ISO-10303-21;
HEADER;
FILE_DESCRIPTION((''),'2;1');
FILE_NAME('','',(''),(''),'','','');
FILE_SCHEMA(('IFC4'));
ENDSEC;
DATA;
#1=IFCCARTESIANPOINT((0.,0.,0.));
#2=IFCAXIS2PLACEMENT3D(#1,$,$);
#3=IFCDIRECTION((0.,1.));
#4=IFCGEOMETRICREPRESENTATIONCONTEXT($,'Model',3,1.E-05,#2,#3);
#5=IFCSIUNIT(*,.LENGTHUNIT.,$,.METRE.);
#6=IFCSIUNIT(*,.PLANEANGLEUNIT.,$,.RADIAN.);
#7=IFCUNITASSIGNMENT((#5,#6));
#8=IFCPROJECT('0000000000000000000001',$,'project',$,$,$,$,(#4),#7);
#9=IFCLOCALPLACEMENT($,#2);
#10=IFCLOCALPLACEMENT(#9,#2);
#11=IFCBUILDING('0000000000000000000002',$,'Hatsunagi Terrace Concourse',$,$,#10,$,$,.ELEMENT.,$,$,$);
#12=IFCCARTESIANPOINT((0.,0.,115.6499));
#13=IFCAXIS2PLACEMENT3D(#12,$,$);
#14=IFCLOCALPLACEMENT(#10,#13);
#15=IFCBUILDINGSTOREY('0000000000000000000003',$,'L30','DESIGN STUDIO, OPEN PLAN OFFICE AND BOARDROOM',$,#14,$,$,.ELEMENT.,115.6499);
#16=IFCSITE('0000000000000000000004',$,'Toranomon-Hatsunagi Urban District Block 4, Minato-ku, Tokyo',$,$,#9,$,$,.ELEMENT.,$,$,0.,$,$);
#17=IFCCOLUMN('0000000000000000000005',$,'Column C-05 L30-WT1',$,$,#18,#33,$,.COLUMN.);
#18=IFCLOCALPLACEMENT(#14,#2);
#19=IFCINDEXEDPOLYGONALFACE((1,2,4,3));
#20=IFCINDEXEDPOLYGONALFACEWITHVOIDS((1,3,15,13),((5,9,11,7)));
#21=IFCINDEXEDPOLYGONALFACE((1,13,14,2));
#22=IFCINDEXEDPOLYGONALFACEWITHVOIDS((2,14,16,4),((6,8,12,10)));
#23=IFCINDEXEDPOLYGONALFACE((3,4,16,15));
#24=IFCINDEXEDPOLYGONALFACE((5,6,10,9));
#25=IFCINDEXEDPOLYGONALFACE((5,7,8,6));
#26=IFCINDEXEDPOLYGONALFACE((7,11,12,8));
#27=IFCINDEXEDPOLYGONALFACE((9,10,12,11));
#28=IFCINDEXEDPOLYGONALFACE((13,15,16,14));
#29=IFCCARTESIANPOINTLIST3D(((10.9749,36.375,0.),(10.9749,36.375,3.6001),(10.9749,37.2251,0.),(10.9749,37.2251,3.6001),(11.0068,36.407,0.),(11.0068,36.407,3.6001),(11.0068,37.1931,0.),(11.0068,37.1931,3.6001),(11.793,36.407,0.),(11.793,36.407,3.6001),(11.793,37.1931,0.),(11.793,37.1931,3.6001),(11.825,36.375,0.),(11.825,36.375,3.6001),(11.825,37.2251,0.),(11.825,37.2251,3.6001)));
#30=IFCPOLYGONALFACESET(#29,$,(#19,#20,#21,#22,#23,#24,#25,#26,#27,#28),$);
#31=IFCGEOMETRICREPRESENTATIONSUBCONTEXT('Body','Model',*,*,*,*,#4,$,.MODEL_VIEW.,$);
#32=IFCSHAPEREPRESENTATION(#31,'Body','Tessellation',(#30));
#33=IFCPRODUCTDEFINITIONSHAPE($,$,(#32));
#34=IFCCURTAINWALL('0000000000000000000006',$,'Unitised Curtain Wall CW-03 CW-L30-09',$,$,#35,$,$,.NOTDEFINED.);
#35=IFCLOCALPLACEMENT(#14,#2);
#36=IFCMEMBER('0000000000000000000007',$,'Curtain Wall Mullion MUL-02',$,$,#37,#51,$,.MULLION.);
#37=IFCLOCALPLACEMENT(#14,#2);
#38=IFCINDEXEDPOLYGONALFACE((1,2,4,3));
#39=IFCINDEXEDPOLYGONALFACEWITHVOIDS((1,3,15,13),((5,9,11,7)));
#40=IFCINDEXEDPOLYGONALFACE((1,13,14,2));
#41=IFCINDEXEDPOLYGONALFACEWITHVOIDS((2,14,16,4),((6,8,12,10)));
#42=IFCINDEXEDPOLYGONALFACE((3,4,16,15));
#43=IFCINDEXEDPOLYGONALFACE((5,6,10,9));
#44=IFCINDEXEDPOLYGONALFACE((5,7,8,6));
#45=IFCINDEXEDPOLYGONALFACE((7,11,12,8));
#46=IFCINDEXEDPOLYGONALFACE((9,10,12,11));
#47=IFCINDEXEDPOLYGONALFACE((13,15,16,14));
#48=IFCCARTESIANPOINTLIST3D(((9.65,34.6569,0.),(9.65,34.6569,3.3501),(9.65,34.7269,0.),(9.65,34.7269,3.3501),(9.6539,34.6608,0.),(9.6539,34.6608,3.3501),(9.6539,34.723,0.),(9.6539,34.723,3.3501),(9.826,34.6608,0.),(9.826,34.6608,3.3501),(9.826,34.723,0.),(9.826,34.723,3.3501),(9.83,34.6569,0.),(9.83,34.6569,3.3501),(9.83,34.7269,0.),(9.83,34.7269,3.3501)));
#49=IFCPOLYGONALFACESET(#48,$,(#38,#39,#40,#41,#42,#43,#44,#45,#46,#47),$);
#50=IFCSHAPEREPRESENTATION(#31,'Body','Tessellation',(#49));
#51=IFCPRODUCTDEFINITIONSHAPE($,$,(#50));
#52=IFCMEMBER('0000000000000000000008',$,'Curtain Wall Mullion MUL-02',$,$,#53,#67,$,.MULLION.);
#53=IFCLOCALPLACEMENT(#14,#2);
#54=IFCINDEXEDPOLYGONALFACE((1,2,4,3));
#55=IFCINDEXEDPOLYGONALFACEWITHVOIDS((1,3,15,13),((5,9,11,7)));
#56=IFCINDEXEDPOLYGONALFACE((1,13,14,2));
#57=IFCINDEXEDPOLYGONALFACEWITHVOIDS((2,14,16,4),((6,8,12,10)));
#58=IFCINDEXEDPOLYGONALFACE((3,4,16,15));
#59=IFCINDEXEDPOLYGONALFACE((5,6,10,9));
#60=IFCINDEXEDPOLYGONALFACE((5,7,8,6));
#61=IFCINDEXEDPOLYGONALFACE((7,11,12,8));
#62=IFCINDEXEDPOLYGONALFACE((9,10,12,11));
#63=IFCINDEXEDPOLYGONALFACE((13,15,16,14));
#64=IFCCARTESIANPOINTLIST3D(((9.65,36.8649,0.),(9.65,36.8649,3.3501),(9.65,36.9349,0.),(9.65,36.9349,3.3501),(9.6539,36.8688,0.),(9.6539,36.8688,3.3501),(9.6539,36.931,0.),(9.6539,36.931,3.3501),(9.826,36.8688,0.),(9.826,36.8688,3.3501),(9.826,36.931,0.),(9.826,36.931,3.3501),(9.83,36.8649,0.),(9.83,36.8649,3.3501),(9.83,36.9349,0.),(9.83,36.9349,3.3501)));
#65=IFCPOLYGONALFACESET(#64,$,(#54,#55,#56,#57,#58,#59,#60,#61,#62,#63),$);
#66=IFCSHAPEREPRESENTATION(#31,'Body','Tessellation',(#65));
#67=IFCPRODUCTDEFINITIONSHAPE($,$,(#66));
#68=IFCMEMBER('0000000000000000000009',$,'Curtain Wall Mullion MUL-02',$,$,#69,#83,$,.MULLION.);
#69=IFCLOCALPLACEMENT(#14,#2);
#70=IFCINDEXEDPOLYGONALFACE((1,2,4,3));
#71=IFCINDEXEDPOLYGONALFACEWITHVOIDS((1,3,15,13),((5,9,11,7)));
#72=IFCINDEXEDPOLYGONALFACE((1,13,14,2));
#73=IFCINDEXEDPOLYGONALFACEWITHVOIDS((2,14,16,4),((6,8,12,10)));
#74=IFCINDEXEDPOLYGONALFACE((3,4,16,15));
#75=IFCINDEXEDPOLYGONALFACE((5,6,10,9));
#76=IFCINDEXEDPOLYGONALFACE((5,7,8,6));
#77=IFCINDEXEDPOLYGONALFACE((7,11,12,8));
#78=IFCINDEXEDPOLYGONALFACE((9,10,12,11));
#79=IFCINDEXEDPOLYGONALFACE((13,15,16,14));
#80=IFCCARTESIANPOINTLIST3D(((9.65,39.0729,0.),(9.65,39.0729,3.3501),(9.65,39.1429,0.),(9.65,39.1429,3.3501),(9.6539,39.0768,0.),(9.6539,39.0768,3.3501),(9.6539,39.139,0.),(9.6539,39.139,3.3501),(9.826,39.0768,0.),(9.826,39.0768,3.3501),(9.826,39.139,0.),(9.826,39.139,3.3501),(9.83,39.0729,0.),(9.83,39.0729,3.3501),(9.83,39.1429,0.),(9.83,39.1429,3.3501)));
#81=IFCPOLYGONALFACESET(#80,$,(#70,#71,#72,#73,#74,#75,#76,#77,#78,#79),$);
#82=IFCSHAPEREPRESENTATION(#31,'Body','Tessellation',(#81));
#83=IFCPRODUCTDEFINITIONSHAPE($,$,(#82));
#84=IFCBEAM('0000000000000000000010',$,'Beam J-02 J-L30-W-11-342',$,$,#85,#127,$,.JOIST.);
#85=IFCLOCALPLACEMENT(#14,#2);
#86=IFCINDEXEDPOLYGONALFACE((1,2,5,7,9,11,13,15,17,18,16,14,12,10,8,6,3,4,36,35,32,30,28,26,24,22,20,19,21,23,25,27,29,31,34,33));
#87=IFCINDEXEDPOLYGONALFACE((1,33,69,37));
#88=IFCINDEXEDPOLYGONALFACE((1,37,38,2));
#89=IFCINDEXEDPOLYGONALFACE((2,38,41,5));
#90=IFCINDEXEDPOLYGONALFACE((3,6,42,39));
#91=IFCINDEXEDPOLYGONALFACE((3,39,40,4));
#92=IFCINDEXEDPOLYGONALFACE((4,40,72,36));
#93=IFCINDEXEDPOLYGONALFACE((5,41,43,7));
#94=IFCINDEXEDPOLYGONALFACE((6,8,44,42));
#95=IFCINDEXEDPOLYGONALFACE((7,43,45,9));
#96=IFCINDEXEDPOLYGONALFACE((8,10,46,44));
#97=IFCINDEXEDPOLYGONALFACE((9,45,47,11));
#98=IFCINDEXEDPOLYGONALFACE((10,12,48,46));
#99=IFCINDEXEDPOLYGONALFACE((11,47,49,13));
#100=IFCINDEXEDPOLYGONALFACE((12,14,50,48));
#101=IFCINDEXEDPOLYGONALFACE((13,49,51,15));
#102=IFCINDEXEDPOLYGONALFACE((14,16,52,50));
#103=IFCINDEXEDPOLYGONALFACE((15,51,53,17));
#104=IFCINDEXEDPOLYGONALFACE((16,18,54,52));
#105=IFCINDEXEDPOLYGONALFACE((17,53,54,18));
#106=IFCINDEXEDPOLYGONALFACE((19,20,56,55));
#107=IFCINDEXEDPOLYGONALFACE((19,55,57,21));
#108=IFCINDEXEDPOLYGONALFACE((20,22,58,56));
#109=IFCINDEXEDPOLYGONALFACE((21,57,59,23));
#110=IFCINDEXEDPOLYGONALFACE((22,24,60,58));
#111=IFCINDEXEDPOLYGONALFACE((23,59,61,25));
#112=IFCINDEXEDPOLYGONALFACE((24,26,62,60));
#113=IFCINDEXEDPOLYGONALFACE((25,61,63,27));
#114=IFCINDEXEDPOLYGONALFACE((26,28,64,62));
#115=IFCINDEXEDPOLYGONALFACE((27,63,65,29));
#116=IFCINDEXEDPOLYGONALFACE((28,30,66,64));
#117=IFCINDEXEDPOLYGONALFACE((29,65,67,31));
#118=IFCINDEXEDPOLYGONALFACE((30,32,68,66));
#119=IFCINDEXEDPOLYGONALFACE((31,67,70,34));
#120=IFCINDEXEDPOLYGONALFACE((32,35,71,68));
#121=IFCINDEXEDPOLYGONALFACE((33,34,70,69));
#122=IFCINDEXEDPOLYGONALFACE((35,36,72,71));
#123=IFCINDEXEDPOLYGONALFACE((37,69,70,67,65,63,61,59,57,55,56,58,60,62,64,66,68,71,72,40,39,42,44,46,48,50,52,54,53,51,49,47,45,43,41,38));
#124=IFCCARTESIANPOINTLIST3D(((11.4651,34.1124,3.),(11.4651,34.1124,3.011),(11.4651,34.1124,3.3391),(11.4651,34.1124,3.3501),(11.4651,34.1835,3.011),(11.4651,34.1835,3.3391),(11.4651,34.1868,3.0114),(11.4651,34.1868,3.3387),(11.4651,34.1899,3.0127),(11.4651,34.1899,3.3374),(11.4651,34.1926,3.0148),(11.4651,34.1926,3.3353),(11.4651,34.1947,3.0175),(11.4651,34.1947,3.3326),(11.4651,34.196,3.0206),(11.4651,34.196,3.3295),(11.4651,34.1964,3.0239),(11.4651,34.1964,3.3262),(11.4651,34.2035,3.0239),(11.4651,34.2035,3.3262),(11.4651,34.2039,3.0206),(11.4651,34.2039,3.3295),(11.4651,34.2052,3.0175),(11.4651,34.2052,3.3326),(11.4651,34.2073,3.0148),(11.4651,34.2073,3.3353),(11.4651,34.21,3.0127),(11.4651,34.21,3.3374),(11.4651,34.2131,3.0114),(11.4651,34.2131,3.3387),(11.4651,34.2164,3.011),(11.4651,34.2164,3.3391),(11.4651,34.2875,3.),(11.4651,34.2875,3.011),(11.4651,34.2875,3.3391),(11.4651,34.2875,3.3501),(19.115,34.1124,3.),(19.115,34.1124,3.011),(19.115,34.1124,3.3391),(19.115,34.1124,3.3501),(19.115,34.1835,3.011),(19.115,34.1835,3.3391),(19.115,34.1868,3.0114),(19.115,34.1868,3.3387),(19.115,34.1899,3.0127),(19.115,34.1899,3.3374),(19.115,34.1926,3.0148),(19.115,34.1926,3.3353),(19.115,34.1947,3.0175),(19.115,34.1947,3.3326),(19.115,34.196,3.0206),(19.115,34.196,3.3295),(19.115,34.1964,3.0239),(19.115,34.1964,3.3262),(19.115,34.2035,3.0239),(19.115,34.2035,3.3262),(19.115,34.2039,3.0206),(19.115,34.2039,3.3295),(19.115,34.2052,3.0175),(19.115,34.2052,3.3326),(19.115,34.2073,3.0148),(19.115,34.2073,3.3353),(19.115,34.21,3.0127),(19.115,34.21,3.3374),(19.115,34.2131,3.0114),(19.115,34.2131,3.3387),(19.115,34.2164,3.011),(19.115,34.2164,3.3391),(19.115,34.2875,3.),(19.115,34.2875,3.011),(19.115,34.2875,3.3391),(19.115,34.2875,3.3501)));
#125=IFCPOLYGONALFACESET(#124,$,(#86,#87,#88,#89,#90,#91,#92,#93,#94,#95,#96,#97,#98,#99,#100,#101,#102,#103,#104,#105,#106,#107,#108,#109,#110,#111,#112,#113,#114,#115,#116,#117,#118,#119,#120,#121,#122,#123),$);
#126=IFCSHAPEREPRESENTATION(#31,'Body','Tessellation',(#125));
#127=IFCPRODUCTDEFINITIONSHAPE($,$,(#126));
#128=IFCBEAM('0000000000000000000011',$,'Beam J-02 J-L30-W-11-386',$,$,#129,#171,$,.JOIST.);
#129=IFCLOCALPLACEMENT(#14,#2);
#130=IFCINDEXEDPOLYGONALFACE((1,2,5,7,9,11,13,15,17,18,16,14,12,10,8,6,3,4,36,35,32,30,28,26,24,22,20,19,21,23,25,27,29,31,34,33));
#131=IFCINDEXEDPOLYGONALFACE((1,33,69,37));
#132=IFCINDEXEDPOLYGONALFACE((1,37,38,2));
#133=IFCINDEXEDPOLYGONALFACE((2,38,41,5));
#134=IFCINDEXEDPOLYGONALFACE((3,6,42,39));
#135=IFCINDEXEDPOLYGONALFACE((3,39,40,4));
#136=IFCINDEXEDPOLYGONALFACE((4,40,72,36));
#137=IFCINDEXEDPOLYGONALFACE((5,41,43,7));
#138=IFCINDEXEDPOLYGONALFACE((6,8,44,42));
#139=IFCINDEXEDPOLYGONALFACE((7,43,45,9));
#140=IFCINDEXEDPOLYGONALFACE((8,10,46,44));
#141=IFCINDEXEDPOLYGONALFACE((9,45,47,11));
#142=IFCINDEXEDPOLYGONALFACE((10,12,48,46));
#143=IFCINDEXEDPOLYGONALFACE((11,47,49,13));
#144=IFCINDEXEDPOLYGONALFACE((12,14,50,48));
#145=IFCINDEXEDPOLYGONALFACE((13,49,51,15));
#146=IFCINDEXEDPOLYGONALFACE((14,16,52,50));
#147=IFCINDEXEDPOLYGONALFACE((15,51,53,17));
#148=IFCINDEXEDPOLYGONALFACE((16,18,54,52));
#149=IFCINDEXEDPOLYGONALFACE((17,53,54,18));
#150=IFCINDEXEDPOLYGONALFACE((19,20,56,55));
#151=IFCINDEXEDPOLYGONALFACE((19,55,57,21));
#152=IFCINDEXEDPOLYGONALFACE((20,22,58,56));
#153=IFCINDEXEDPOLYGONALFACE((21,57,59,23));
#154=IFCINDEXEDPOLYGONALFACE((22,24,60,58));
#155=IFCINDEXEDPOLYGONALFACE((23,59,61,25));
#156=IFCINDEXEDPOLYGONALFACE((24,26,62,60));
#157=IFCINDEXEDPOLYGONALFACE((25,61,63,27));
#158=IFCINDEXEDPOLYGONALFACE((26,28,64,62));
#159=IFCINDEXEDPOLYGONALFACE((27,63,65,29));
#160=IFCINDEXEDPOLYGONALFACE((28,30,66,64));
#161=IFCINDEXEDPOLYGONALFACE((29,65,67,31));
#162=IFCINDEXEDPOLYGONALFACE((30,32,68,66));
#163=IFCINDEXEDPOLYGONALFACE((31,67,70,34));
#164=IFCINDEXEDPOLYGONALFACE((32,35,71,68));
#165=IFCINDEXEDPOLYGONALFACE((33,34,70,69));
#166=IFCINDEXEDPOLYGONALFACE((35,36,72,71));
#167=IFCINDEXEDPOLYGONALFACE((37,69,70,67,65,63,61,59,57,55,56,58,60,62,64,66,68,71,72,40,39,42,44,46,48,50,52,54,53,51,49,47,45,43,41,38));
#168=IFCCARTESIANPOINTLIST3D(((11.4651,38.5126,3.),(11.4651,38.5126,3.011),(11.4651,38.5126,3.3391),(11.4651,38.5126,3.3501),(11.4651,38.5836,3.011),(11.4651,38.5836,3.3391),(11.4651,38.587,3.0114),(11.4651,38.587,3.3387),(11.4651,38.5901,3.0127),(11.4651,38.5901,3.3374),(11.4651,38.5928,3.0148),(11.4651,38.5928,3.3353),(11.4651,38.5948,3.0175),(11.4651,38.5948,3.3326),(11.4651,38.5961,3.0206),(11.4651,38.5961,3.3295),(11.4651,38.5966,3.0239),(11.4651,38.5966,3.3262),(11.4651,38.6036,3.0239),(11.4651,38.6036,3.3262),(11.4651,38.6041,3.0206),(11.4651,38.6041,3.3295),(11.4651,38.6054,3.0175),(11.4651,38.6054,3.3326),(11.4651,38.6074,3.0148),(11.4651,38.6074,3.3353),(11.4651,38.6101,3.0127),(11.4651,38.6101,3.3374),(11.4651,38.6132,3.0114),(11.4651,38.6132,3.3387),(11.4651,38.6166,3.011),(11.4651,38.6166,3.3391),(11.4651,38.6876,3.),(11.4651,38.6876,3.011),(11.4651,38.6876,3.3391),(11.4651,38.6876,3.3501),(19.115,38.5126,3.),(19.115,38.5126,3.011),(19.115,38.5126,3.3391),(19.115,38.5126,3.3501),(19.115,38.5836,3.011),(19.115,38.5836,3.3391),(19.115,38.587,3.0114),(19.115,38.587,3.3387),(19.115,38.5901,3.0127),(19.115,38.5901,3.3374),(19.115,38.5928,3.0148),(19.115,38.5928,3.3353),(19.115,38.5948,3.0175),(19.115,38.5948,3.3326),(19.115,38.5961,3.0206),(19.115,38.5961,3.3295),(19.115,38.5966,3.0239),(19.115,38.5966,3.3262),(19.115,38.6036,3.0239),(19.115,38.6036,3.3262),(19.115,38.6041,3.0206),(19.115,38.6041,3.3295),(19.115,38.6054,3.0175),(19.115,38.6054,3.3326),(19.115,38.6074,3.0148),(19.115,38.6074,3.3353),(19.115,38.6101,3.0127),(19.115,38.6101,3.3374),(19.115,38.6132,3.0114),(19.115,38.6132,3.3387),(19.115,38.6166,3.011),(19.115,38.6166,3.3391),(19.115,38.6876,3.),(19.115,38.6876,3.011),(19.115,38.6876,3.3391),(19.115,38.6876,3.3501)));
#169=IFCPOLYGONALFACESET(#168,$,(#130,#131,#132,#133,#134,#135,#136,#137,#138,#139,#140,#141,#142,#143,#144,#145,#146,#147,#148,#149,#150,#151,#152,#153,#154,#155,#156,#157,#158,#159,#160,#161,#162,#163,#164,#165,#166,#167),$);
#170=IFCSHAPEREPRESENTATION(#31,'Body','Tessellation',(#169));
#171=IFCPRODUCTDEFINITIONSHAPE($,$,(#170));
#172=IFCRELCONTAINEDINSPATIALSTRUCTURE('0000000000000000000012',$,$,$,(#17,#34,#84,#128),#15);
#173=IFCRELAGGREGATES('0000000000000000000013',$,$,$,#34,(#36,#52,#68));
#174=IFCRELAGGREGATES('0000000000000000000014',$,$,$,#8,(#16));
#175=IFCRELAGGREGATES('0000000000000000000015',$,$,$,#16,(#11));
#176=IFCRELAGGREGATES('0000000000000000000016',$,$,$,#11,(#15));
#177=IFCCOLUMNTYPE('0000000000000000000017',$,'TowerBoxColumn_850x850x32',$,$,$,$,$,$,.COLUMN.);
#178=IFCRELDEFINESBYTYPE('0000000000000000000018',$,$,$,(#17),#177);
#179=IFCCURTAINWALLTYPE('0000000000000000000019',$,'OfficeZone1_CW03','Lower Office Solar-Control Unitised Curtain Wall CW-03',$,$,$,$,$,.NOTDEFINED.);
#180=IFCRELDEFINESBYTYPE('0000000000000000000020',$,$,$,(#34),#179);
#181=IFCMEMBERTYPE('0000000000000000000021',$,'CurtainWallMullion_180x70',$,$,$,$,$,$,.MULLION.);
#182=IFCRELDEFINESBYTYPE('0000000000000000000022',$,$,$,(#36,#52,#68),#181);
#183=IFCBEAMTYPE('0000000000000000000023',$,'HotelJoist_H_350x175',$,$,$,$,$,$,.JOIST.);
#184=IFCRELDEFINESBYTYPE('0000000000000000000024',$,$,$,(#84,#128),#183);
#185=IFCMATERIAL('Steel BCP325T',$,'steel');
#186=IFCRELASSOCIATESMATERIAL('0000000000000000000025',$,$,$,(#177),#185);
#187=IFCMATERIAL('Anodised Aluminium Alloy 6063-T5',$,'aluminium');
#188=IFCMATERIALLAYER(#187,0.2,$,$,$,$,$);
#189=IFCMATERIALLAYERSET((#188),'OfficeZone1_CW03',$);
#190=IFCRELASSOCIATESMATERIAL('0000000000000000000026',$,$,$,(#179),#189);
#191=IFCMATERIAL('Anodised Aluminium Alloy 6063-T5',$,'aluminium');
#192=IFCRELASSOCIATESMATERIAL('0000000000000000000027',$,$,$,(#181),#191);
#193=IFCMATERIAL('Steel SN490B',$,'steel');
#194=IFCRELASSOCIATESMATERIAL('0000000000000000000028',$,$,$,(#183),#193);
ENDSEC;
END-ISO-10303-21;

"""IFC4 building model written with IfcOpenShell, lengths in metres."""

from ifc_helpers import new_model, si_unit, direction, frame, origin, origin_2d, place, context, subcontext, project, spatial, hollow_rectangle, i_section, extrude, material, layer, layer_set, material_profile, profile_set, type_object, element, aggregate, save


model = new_model("IFC4")

# Units and contexts
model_context = context("Model", 3, precision=1e-05, world=origin(), true_north=direction((0.0, 1.0)))
body_context = subcontext(model_context, "Body", "Model", "MODEL_VIEW")
ifc_project = project(units=[si_unit("LENGTHUNIT", "METRE"), si_unit("PLANEANGLEUNIT", "RADIAN")], contexts=[model_context])

# Site, building, storey
site_placement = place(None, origin())
site = spatial("IfcSite", under=ifc_project, at=site_placement, Name="Toranomon-Hatsunagi Urban District Block 4, Minato-ku, Tokyo", CompositionType="ELEMENT", RefElevation=0.0)
building_placement = place(site_placement, origin())
building = spatial("IfcBuilding", under=site, at=building_placement, Name="Hatsunagi Terrace Concourse", CompositionType="ELEMENT")
storey_placement = place(building_placement, frame((0.0, 0.0, 115.6499)))
storey = spatial("IfcBuildingStorey", under=building, at=storey_placement, Name="L30", Description="DESIGN STUDIO, OPEN PLAN OFFICE AND BOARDROOM", CompositionType="ELEMENT", Elevation=115.6499)

# Column
ifc_material_1 = material(Name="Steel BCP325T", Category="steel")
ifc_material_profile_1 = material_profile(ifc_material_1, hollow_rectangle(XDim=0.8501, YDim=0.8501, WallThickness=0.032, at=origin_2d()), Name="BCP-850x850x32")
ifc_profile_set_1 = profile_set([ifc_material_profile_1], Name="Steel BCP325T")
column_type = type_object("IfcColumnType", Name="TowerBoxColumn_850x850x32", PredefinedType="COLUMN", material=ifc_profile_set_1)
column_placement = place(storey_placement, frame((11.3999, 36.8, 0.0), z_axis=(0.0, 0.0, 1.0), x_axis=(1.0, 0.0, 0.0)))
element("IfcColumn", 1, at=column_placement, inside=storey, type_object=column_type, Name="Column C-05 L30-WT1", PredefinedType="COLUMN", context=body_context, shape_type="SweptSolid", body=[
    extrude(hollow_rectangle(XDim=0.8501, YDim=0.8501, WallThickness=0.032, at=origin_2d()), origin(), (0.0, 0.0, 1.0), 3.6001),
])

# Curtain wall, members
ifc_material_2 = material(Name="Anodised Aluminium Alloy 6063-T5", Category="aluminium")
ifc_layer_1 = layer(ifc_material_2, 0.2)
ifc_layer_set_1 = layer_set([ifc_layer_1], Name="OfficeZone1_CW03")
curtain_wall_type = type_object("IfcCurtainWallType", Name="OfficeZone1_CW03", Description="Lower Office Solar-Control Unitised Curtain Wall CW-03", PredefinedType="NOTDEFINED", material=ifc_layer_set_1)
curtain_wall_placement = place(storey_placement, origin())
curtain_wall = element("IfcCurtainWall", 2, at=curtain_wall_placement, inside=storey, type_object=curtain_wall_type, Name="Unitised Curtain Wall CW-03 CW-L30-09", PredefinedType="NOTDEFINED")
ifc_material_3 = material(Name="Anodised Aluminium Alloy 6063-T5", Category="aluminium")
ifc_material_profile_2 = material_profile(ifc_material_3, hollow_rectangle(XDim=0.0701, YDim=0.1799, WallThickness=0.0039, at=origin_2d()), Name="ALU-MUL-180x70x4")
ifc_profile_set_2 = profile_set([ifc_material_profile_2], Name="Anodised Aluminium Alloy 6063-T5")
member_type = type_object("IfcMemberType", Name="CurtainWallMullion_180x70", PredefinedType="MULLION", material=ifc_profile_set_2)
member_1_placement = place(storey_placement, frame((9.74, 34.6919, 0.0), z_axis=(0.0, 0.0, 1.0), x_axis=(0.0, 1.0, 0.0)))
member_1 = element("IfcMember", 3, at=member_1_placement, type_object=member_type, Name="Curtain Wall Mullion MUL-02", PredefinedType="MULLION", context=body_context, shape_type="SweptSolid", body=[
    extrude(hollow_rectangle(XDim=0.0701, YDim=0.1799, WallThickness=0.0039, at=origin_2d()), origin(), (0.0, 0.0, 1.0), 3.3501),
])
member_2_placement = place(storey_placement, frame((9.74, 36.8999, 0.0), z_axis=(0.0, 0.0, 1.0), x_axis=(0.0, 1.0, 0.0)))
member_2 = element("IfcMember", 4, at=member_2_placement, type_object=member_type, Name="Curtain Wall Mullion MUL-02", PredefinedType="MULLION", context=body_context, shape_type="SweptSolid", body=[
    extrude(hollow_rectangle(XDim=0.0701, YDim=0.1799, WallThickness=0.0039, at=origin_2d()), origin(), (0.0, 0.0, 1.0), 3.3501),
])
member_3_placement = place(storey_placement, frame((9.74, 39.1079, 0.0), z_axis=(0.0, 0.0, 1.0), x_axis=(0.0, 1.0, 0.0)))
member_3 = element("IfcMember", 5, at=member_3_placement, type_object=member_type, Name="Curtain Wall Mullion MUL-02", PredefinedType="MULLION", context=body_context, shape_type="SweptSolid", body=[
    extrude(hollow_rectangle(XDim=0.0701, YDim=0.1799, WallThickness=0.0039, at=origin_2d()), origin(), (0.0, 0.0, 1.0), 3.3501),
])

# Beams
ifc_material_4 = material(Name="Steel SN490B", Category="steel")
ifc_material_profile_3 = material_profile(ifc_material_4, i_section(OverallWidth=0.175, OverallDepth=0.3501, WebThickness=0.0071, FlangeThickness=0.011, FilletRadius=0.0129, at=origin_2d()), Name="H-350x175x7x11")
ifc_profile_set_3 = profile_set([ifc_material_profile_3], Name="Steel SN490B")
beam_type_1 = type_object("IfcBeamType", Name="HotelJoist_H_350x175", PredefinedType="JOIST", material=ifc_profile_set_3)
for number, where, z_axis, x_axis, name in (
    (6, (11.4651, 34.2, 3.175), (1.0, 0.0, 0.0), (0.0, 1.0, 0.0), "Beam J-02 J-L30-W-11-342"),
    (7, (11.4651, 38.6001, 3.175), (1.0, 0.0, 0.0), (0.0, 1.0, 0.0), "Beam J-02 J-L30-W-11-386"),
):
    element("IfcBeam", number, at=place(storey_placement, frame(where, z_axis=z_axis, x_axis=x_axis)), inside=storey, type_object=beam_type_1, Name=name, PredefinedType="JOIST", context=body_context, shape_type="SweptSolid", body=[
        extrude(i_section(OverallWidth=0.175, OverallDepth=0.3501, WebThickness=0.0071, FlangeThickness=0.011, FilletRadius=0.0129, at=origin_2d()), origin(), (0.0, 0.0, 1.0), 7.6499),
    ])

aggregate(curtain_wall, [member_1, member_2, member_3])

save(model, "model.ifc")
